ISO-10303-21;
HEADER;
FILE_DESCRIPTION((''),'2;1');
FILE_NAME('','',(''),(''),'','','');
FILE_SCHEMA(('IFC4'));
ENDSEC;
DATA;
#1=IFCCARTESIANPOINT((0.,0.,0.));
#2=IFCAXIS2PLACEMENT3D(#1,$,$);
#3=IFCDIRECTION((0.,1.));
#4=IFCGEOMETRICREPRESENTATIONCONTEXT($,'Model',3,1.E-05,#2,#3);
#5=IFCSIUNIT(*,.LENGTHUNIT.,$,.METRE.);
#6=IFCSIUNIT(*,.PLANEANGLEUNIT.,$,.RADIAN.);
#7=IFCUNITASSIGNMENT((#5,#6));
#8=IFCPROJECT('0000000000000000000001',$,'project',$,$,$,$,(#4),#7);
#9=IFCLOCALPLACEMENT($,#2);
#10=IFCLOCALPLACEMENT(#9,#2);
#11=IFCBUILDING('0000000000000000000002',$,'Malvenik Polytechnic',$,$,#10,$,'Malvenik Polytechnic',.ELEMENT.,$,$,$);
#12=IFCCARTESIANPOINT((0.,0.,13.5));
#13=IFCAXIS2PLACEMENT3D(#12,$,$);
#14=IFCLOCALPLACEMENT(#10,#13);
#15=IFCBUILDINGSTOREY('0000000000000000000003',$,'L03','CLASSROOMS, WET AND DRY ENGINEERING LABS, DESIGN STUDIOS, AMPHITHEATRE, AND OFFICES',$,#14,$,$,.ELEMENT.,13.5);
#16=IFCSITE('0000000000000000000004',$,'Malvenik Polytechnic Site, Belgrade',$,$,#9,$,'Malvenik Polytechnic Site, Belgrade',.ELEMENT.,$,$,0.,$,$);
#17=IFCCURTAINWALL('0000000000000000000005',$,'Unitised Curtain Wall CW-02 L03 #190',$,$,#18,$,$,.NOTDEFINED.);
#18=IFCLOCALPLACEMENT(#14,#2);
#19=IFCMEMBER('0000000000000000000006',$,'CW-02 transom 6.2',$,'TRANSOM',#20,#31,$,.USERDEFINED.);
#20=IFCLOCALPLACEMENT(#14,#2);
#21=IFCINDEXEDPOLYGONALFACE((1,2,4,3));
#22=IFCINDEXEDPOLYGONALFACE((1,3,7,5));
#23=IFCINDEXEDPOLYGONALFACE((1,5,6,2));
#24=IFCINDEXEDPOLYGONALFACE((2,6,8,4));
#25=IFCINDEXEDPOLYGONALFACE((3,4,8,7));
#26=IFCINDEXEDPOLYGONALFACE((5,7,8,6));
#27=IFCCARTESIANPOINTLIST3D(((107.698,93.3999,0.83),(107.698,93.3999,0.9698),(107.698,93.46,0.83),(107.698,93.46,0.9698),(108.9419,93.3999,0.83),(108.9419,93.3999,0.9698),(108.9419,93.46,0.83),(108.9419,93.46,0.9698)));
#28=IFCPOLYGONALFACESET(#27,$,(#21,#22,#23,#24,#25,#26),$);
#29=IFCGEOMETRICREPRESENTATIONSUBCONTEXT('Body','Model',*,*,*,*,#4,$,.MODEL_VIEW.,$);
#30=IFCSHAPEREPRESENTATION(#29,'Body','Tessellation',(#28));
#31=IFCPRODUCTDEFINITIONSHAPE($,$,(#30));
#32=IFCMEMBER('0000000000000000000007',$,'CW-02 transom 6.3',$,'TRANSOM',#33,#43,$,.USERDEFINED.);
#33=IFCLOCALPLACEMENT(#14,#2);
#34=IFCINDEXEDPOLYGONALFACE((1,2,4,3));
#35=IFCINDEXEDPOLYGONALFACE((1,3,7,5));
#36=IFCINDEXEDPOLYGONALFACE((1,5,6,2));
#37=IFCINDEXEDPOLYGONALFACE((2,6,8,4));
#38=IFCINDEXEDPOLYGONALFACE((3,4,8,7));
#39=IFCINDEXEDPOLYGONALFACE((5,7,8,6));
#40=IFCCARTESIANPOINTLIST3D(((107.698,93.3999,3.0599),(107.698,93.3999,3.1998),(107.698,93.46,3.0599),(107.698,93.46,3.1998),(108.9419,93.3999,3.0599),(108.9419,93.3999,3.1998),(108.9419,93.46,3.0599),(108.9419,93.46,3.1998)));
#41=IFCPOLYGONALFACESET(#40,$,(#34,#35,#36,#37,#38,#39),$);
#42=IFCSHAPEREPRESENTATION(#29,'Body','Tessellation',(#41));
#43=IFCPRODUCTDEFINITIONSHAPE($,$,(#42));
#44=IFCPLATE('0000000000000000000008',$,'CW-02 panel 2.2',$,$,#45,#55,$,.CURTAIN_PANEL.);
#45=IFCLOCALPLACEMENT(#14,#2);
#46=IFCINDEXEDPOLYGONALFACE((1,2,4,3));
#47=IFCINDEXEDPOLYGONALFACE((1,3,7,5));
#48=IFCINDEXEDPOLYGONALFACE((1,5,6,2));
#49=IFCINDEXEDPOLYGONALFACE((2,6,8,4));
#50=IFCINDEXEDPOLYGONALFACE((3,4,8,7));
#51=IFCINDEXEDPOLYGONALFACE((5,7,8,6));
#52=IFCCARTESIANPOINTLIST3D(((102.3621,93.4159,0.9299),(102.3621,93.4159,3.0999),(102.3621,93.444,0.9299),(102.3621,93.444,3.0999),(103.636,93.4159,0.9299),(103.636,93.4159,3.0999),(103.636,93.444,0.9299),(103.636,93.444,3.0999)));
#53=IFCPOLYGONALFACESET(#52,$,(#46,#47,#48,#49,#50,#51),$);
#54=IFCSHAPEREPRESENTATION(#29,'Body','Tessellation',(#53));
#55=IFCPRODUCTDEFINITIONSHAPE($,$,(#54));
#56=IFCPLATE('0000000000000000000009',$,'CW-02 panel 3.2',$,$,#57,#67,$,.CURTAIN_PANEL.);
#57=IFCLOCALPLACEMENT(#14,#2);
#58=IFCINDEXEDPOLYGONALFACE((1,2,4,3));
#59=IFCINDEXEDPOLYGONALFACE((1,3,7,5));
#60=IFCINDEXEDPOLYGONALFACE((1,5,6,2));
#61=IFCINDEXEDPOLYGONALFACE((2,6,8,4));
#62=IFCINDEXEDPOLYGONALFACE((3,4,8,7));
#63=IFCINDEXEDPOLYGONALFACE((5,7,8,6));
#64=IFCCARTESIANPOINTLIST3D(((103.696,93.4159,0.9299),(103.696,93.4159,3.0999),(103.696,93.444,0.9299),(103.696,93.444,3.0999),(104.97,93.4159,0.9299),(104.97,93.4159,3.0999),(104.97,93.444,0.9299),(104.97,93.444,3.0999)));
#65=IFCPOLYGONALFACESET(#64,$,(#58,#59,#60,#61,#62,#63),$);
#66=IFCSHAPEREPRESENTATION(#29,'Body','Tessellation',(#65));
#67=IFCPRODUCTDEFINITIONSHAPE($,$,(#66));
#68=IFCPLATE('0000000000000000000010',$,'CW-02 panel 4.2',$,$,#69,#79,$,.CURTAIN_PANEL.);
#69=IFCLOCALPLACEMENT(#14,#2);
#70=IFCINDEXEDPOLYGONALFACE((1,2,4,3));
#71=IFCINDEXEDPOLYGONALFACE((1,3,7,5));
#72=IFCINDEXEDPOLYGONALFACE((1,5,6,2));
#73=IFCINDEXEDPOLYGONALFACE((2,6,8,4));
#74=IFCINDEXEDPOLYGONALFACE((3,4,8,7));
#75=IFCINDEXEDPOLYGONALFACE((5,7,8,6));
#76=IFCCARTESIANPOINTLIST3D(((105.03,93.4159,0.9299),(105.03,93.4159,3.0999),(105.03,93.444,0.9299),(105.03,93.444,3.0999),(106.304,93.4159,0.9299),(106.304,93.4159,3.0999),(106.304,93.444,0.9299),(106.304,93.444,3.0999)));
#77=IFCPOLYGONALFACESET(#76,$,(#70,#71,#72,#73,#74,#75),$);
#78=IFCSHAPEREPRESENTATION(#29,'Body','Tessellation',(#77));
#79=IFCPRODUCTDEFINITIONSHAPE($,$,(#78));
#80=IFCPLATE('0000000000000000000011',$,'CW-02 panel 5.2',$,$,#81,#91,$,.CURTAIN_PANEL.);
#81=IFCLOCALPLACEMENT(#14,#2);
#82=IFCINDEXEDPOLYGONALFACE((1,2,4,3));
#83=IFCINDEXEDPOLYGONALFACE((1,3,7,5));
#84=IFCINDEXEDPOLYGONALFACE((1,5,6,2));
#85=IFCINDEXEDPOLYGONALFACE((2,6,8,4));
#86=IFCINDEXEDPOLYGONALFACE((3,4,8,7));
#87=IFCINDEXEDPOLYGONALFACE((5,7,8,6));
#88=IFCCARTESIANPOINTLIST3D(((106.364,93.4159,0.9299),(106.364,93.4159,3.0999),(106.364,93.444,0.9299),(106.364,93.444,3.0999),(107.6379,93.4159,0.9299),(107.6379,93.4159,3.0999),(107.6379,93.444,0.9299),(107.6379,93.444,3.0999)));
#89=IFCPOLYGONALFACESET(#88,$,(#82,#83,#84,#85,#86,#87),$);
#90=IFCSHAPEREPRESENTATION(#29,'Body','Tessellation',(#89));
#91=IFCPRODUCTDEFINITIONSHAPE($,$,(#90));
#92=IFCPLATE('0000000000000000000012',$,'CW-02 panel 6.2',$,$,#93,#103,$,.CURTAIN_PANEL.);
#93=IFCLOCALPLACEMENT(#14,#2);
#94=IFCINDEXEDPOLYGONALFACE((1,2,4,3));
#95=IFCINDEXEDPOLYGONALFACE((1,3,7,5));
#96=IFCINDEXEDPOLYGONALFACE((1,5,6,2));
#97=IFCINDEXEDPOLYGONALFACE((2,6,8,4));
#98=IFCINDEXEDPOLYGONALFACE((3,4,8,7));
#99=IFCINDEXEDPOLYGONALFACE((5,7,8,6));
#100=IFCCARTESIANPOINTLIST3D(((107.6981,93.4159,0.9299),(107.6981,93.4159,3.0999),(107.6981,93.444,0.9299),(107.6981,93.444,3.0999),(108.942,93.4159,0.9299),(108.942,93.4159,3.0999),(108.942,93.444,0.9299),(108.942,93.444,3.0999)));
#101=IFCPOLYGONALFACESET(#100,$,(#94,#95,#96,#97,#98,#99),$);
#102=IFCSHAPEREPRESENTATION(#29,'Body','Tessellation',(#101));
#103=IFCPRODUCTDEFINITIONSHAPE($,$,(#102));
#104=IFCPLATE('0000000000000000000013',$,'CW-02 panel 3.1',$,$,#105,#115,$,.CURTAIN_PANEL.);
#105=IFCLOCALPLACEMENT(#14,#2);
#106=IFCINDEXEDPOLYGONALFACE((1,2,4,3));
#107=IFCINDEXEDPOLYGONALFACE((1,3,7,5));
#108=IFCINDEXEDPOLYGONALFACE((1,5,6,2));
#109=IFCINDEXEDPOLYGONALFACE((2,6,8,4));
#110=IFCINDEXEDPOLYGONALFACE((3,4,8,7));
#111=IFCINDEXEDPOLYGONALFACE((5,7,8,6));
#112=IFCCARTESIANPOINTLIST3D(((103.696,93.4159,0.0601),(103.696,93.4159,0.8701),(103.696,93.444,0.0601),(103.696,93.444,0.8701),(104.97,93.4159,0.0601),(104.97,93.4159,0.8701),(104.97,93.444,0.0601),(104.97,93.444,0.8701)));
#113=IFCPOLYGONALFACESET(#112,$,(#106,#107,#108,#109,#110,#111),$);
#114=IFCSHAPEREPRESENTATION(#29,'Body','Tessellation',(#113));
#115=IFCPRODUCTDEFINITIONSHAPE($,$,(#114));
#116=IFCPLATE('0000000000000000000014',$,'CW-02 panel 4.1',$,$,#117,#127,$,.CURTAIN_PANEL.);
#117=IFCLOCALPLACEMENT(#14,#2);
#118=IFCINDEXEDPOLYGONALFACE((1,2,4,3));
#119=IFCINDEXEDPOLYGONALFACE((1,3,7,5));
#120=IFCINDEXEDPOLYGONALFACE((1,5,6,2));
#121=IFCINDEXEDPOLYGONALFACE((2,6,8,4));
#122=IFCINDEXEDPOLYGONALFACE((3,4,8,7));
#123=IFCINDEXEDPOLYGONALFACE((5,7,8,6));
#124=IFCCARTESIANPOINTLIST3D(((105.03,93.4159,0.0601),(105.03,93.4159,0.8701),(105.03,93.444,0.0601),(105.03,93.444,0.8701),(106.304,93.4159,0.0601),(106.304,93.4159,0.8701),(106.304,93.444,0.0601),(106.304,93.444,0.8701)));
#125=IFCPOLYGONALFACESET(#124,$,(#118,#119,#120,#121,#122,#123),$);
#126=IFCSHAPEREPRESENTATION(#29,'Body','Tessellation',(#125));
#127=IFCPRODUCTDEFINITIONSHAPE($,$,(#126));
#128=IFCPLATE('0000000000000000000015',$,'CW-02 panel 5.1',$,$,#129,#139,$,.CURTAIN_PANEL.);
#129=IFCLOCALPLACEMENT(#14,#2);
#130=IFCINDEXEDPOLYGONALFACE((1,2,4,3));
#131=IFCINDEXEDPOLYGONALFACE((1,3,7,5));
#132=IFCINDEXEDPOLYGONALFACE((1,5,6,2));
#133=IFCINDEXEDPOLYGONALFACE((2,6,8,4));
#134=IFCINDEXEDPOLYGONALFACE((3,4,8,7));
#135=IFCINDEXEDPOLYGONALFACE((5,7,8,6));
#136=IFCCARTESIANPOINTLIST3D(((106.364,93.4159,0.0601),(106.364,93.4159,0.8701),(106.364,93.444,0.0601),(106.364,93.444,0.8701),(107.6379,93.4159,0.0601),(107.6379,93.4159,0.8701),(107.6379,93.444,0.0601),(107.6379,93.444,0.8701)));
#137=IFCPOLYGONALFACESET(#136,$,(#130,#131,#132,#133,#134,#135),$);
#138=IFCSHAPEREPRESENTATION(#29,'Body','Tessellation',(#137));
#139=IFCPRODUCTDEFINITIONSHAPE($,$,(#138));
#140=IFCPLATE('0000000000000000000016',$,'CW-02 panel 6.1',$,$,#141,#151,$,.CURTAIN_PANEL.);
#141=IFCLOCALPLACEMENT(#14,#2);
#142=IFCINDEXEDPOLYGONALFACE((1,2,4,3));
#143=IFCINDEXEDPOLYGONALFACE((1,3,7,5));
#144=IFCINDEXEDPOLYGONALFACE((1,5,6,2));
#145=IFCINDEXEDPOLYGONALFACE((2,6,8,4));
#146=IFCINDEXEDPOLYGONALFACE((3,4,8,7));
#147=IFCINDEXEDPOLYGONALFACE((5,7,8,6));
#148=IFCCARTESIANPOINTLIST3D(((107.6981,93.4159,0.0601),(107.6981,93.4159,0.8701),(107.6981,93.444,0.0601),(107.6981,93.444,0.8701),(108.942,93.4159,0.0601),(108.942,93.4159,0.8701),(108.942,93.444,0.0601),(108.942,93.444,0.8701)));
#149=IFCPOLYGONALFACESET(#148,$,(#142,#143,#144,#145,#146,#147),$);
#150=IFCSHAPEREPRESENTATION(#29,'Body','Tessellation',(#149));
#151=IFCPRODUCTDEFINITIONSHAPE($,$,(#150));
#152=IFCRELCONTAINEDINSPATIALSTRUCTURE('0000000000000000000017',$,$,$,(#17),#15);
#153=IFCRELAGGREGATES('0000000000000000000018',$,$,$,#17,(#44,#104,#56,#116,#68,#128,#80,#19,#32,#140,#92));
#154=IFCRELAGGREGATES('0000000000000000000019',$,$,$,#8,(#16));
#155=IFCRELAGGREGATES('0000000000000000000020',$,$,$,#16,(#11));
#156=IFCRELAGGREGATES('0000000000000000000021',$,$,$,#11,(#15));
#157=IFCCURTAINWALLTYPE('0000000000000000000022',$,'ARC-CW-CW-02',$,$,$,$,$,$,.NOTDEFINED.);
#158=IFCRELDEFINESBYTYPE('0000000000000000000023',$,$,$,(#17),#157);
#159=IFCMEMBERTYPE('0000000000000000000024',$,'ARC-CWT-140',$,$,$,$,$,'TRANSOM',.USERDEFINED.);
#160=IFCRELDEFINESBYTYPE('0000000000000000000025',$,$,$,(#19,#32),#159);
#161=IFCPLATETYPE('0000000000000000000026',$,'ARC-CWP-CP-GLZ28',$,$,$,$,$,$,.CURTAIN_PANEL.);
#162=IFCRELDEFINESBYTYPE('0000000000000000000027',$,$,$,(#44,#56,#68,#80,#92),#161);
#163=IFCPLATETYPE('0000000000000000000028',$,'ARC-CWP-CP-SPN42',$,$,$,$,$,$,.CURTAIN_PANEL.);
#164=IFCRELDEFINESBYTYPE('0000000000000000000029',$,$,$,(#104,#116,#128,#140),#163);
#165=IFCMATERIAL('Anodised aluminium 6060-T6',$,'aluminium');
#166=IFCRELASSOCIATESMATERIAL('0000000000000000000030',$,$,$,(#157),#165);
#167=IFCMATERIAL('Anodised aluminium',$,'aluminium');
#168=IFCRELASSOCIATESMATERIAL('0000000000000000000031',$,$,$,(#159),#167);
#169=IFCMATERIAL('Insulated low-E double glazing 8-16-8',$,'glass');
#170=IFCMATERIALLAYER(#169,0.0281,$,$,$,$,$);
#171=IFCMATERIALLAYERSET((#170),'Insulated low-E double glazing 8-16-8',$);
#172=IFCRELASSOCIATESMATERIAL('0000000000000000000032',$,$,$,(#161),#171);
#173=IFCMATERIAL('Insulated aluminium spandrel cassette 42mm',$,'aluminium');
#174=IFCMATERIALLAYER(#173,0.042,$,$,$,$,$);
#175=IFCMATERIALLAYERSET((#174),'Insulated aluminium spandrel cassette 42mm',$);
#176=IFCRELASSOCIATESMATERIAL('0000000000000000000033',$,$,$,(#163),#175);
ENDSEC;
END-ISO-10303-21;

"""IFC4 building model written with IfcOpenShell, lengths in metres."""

from ifc_helpers import new_model, si_unit, direction, frame, origin, origin_2d, place, context, subcontext, project, spatial, rectangle, extrude, material, layer, layer_set, material_profile, profile_set, type_object, element, aggregate, save


model = new_model("IFC4")

# Units and contexts
model_context = context("Model", 3, precision=1e-05, world=origin(), true_north=direction((0.0, 1.0)))
body_context = subcontext(model_context, "Body", "Model", "MODEL_VIEW")
ifc_project = project(units=[si_unit("LENGTHUNIT", "METRE"), si_unit("PLANEANGLEUNIT", "RADIAN")], contexts=[model_context])

# Site, building, storey
site_placement = place(None, origin())
site = spatial("IfcSite", under=ifc_project, at=site_placement, Name="Malvenik Polytechnic Site, Belgrade", LongName="Malvenik Polytechnic Site, Belgrade", CompositionType="ELEMENT", RefElevation=0.0)
building_placement = place(site_placement, origin())
building = spatial("IfcBuilding", under=site, at=building_placement, Name="Malvenik Polytechnic", LongName="Malvenik Polytechnic", CompositionType="ELEMENT")
storey_placement = place(building_placement, frame((0.0, 0.0, 13.5)))
storey = spatial("IfcBuildingStorey", under=building, at=storey_placement, Name="L03", Description="CLASSROOMS, WET AND DRY ENGINEERING LABS, DESIGN STUDIOS, AMPHITHEATRE, AND OFFICES", CompositionType="ELEMENT", Elevation=13.5)

# Curtain wall, members, plates
ifc_material_1 = material(Name="Anodised aluminium 6060-T6", Category="aluminium")
curtain_wall_type = type_object("IfcCurtainWallType", Name="ARC-CW-CW-02", PredefinedType="NOTDEFINED", material=ifc_material_1)
curtain_wall_placement = place(storey_placement, origin())
curtain_wall = element("IfcCurtainWall", 1, at=curtain_wall_placement, inside=storey, type_object=curtain_wall_type, Name="Unitised Curtain Wall CW-02 L03 #190", PredefinedType="NOTDEFINED")
ifc_material_2 = material(Name="Anodised aluminium", Category="aluminium")
ifc_material_profile_1 = material_profile(ifc_material_2, rectangle(XDim=0.0601, YDim=0.1399, at=origin_2d()), Name="ALU TRANSOM 60x140")
ifc_profile_set_1 = profile_set([ifc_material_profile_1], Name="Anodised aluminium")
member_type_1 = type_object("IfcMemberType", Name="ARC-CWT-140", ElementType="TRANSOM", PredefinedType="USERDEFINED", material=ifc_profile_set_1)
member_1_placement = place(storey_placement, frame((107.698, 93.4299, 0.8999), z_axis=(1.0, 0.0, 0.0), x_axis=(0.0, 1.0, 0.0)))
member_1 = element("IfcMember", 2, at=member_1_placement, type_object=member_type_1, Name="CW-02 transom 6.2", ObjectType="TRANSOM", PredefinedType="USERDEFINED", context=body_context, shape_type="SweptSolid", body=[
    extrude(rectangle(XDim=0.0601, YDim=0.1399, at=origin_2d()), origin(), (0.0, 0.0, 1.0), 1.2439),
])
member_2_placement = place(storey_placement, frame((107.698, 93.4299, 3.1299), z_axis=(1.0, 0.0, 0.0), x_axis=(0.0, 1.0, 0.0)))
member_2 = element("IfcMember", 3, at=member_2_placement, type_object=member_type_1, Name="CW-02 transom 6.3", ObjectType="TRANSOM", PredefinedType="USERDEFINED", context=body_context, shape_type="SweptSolid", body=[
    extrude(rectangle(XDim=0.0601, YDim=0.1399, at=origin_2d()), origin(), (0.0, 0.0, 1.0), 1.2439),
])
ifc_material_3 = material(Name="Insulated low-E double glazing 8-16-8", Category="glass")
ifc_layer_1 = layer(ifc_material_3, 0.0281)
ifc_layer_set_1 = layer_set([ifc_layer_1], Name="Insulated low-E double glazing 8-16-8")
plate_type_1 = type_object("IfcPlateType", Name="ARC-CWP-CP-GLZ28", PredefinedType="CURTAIN_PANEL", material=ifc_layer_set_1)
plate_1_placement = place(storey_placement, frame((102.999, 93.4299, 0.9299), z_axis=(0.0, 0.0, 1.0), x_axis=(1.0, 0.0, 0.0)))
plate_1 = element("IfcPlate", 4, at=plate_1_placement, type_object=plate_type_1, Name="CW-02 panel 2.2", PredefinedType="CURTAIN_PANEL", context=body_context, shape_type="SweptSolid", body=[
    extrude(rectangle(XDim=1.2739, YDim=0.0281, at=origin_2d()), origin(), (0.0, 0.0, 1.0), 2.1699),
])
plate_2_placement = place(storey_placement, frame((104.333, 93.4299, 0.9299), z_axis=(0.0, 0.0, 1.0), x_axis=(1.0, 0.0, 0.0)))
plate_2 = element("IfcPlate", 5, at=plate_2_placement, type_object=plate_type_1, Name="CW-02 panel 3.2", PredefinedType="CURTAIN_PANEL", context=body_context, shape_type="SweptSolid", body=[
    extrude(rectangle(XDim=1.2739, YDim=0.0281, at=origin_2d()), origin(), (0.0, 0.0, 1.0), 2.1699),
])
plate_3_placement = place(storey_placement, frame((105.667, 93.4299, 0.9299), z_axis=(0.0, 0.0, 1.0), x_axis=(1.0, 0.0, 0.0)))
plate_3 = element("IfcPlate", 6, at=plate_3_placement, type_object=plate_type_1, Name="CW-02 panel 4.2", PredefinedType="CURTAIN_PANEL", context=body_context, shape_type="SweptSolid", body=[
    extrude(rectangle(XDim=1.2739, YDim=0.0281, at=origin_2d()), origin(), (0.0, 0.0, 1.0), 2.1699),
])
plate_4_placement = place(storey_placement, frame((107.001, 93.4299, 0.9299), z_axis=(0.0, 0.0, 1.0), x_axis=(1.0, 0.0, 0.0)))
plate_4 = element("IfcPlate", 7, at=plate_4_placement, type_object=plate_type_1, Name="CW-02 panel 5.2", PredefinedType="CURTAIN_PANEL", context=body_context, shape_type="SweptSolid", body=[
    extrude(rectangle(XDim=1.2739, YDim=0.0281, at=origin_2d()), origin(), (0.0, 0.0, 1.0), 2.1699),
])
plate_5_placement = place(storey_placement, frame((108.3201, 93.4299, 0.9299), z_axis=(0.0, 0.0, 1.0), x_axis=(1.0, 0.0, 0.0)))
plate_5 = element("IfcPlate", 8, at=plate_5_placement, type_object=plate_type_1, Name="CW-02 panel 6.2", PredefinedType="CURTAIN_PANEL", context=body_context, shape_type="SweptSolid", body=[
    extrude(rectangle(XDim=1.2439, YDim=0.0281, at=origin_2d()), origin(), (0.0, 0.0, 1.0), 2.1699),
])
ifc_material_4 = material(Name="Insulated aluminium spandrel cassette 42mm", Category="aluminium")
ifc_layer_2 = layer(ifc_material_4, 0.042)
ifc_layer_set_2 = layer_set([ifc_layer_2], Name="Insulated aluminium spandrel cassette 42mm")
plate_type_2 = type_object("IfcPlateType", Name="ARC-CWP-CP-SPN42", PredefinedType="CURTAIN_PANEL", material=ifc_layer_set_2)
plate_6_placement = place(storey_placement, frame((104.333, 93.4299, 0.0601), z_axis=(0.0, 0.0, 1.0), x_axis=(1.0, 0.0, 0.0)))
plate_6 = element("IfcPlate", 9, at=plate_6_placement, type_object=plate_type_2, Name="CW-02 panel 3.1", PredefinedType="CURTAIN_PANEL", context=body_context, shape_type="SweptSolid", body=[
    extrude(rectangle(XDim=1.2739, YDim=0.0281, at=origin_2d()), origin(), (0.0, 0.0, 1.0), 0.8101),
])
plate_7_placement = place(storey_placement, frame((105.667, 93.4299, 0.0601), z_axis=(0.0, 0.0, 1.0), x_axis=(1.0, 0.0, 0.0)))
plate_7 = element("IfcPlate", 10, at=plate_7_placement, type_object=plate_type_2, Name="CW-02 panel 4.1", PredefinedType="CURTAIN_PANEL", context=body_context, shape_type="SweptSolid", body=[
    extrude(rectangle(XDim=1.2739, YDim=0.0281, at=origin_2d()), origin(), (0.0, 0.0, 1.0), 0.8101),
])
plate_8_placement = place(storey_placement, frame((107.001, 93.4299, 0.0601), z_axis=(0.0, 0.0, 1.0), x_axis=(1.0, 0.0, 0.0)))
plate_8 = element("IfcPlate", 11, at=plate_8_placement, type_object=plate_type_2, Name="CW-02 panel 5.1", PredefinedType="CURTAIN_PANEL", context=body_context, shape_type="SweptSolid", body=[
    extrude(rectangle(XDim=1.2739, YDim=0.0281, at=origin_2d()), origin(), (0.0, 0.0, 1.0), 0.8101),
])
plate_9_placement = place(storey_placement, frame((108.3201, 93.4299, 0.0601), z_axis=(0.0, 0.0, 1.0), x_axis=(1.0, 0.0, 0.0)))
plate_9 = element("IfcPlate", 12, at=plate_9_placement, type_object=plate_type_2, Name="CW-02 panel 6.1", PredefinedType="CURTAIN_PANEL", context=body_context, shape_type="SweptSolid", body=[
    extrude(rectangle(XDim=1.2439, YDim=0.0281, at=origin_2d()), origin(), (0.0, 0.0, 1.0), 0.8101),
])
aggregate(curtain_wall, [plate_1, plate_6, plate_2, plate_7, plate_3, plate_8, plate_4, member_1, member_2, plate_9, plate_5])

save(model, "model.ifc")
